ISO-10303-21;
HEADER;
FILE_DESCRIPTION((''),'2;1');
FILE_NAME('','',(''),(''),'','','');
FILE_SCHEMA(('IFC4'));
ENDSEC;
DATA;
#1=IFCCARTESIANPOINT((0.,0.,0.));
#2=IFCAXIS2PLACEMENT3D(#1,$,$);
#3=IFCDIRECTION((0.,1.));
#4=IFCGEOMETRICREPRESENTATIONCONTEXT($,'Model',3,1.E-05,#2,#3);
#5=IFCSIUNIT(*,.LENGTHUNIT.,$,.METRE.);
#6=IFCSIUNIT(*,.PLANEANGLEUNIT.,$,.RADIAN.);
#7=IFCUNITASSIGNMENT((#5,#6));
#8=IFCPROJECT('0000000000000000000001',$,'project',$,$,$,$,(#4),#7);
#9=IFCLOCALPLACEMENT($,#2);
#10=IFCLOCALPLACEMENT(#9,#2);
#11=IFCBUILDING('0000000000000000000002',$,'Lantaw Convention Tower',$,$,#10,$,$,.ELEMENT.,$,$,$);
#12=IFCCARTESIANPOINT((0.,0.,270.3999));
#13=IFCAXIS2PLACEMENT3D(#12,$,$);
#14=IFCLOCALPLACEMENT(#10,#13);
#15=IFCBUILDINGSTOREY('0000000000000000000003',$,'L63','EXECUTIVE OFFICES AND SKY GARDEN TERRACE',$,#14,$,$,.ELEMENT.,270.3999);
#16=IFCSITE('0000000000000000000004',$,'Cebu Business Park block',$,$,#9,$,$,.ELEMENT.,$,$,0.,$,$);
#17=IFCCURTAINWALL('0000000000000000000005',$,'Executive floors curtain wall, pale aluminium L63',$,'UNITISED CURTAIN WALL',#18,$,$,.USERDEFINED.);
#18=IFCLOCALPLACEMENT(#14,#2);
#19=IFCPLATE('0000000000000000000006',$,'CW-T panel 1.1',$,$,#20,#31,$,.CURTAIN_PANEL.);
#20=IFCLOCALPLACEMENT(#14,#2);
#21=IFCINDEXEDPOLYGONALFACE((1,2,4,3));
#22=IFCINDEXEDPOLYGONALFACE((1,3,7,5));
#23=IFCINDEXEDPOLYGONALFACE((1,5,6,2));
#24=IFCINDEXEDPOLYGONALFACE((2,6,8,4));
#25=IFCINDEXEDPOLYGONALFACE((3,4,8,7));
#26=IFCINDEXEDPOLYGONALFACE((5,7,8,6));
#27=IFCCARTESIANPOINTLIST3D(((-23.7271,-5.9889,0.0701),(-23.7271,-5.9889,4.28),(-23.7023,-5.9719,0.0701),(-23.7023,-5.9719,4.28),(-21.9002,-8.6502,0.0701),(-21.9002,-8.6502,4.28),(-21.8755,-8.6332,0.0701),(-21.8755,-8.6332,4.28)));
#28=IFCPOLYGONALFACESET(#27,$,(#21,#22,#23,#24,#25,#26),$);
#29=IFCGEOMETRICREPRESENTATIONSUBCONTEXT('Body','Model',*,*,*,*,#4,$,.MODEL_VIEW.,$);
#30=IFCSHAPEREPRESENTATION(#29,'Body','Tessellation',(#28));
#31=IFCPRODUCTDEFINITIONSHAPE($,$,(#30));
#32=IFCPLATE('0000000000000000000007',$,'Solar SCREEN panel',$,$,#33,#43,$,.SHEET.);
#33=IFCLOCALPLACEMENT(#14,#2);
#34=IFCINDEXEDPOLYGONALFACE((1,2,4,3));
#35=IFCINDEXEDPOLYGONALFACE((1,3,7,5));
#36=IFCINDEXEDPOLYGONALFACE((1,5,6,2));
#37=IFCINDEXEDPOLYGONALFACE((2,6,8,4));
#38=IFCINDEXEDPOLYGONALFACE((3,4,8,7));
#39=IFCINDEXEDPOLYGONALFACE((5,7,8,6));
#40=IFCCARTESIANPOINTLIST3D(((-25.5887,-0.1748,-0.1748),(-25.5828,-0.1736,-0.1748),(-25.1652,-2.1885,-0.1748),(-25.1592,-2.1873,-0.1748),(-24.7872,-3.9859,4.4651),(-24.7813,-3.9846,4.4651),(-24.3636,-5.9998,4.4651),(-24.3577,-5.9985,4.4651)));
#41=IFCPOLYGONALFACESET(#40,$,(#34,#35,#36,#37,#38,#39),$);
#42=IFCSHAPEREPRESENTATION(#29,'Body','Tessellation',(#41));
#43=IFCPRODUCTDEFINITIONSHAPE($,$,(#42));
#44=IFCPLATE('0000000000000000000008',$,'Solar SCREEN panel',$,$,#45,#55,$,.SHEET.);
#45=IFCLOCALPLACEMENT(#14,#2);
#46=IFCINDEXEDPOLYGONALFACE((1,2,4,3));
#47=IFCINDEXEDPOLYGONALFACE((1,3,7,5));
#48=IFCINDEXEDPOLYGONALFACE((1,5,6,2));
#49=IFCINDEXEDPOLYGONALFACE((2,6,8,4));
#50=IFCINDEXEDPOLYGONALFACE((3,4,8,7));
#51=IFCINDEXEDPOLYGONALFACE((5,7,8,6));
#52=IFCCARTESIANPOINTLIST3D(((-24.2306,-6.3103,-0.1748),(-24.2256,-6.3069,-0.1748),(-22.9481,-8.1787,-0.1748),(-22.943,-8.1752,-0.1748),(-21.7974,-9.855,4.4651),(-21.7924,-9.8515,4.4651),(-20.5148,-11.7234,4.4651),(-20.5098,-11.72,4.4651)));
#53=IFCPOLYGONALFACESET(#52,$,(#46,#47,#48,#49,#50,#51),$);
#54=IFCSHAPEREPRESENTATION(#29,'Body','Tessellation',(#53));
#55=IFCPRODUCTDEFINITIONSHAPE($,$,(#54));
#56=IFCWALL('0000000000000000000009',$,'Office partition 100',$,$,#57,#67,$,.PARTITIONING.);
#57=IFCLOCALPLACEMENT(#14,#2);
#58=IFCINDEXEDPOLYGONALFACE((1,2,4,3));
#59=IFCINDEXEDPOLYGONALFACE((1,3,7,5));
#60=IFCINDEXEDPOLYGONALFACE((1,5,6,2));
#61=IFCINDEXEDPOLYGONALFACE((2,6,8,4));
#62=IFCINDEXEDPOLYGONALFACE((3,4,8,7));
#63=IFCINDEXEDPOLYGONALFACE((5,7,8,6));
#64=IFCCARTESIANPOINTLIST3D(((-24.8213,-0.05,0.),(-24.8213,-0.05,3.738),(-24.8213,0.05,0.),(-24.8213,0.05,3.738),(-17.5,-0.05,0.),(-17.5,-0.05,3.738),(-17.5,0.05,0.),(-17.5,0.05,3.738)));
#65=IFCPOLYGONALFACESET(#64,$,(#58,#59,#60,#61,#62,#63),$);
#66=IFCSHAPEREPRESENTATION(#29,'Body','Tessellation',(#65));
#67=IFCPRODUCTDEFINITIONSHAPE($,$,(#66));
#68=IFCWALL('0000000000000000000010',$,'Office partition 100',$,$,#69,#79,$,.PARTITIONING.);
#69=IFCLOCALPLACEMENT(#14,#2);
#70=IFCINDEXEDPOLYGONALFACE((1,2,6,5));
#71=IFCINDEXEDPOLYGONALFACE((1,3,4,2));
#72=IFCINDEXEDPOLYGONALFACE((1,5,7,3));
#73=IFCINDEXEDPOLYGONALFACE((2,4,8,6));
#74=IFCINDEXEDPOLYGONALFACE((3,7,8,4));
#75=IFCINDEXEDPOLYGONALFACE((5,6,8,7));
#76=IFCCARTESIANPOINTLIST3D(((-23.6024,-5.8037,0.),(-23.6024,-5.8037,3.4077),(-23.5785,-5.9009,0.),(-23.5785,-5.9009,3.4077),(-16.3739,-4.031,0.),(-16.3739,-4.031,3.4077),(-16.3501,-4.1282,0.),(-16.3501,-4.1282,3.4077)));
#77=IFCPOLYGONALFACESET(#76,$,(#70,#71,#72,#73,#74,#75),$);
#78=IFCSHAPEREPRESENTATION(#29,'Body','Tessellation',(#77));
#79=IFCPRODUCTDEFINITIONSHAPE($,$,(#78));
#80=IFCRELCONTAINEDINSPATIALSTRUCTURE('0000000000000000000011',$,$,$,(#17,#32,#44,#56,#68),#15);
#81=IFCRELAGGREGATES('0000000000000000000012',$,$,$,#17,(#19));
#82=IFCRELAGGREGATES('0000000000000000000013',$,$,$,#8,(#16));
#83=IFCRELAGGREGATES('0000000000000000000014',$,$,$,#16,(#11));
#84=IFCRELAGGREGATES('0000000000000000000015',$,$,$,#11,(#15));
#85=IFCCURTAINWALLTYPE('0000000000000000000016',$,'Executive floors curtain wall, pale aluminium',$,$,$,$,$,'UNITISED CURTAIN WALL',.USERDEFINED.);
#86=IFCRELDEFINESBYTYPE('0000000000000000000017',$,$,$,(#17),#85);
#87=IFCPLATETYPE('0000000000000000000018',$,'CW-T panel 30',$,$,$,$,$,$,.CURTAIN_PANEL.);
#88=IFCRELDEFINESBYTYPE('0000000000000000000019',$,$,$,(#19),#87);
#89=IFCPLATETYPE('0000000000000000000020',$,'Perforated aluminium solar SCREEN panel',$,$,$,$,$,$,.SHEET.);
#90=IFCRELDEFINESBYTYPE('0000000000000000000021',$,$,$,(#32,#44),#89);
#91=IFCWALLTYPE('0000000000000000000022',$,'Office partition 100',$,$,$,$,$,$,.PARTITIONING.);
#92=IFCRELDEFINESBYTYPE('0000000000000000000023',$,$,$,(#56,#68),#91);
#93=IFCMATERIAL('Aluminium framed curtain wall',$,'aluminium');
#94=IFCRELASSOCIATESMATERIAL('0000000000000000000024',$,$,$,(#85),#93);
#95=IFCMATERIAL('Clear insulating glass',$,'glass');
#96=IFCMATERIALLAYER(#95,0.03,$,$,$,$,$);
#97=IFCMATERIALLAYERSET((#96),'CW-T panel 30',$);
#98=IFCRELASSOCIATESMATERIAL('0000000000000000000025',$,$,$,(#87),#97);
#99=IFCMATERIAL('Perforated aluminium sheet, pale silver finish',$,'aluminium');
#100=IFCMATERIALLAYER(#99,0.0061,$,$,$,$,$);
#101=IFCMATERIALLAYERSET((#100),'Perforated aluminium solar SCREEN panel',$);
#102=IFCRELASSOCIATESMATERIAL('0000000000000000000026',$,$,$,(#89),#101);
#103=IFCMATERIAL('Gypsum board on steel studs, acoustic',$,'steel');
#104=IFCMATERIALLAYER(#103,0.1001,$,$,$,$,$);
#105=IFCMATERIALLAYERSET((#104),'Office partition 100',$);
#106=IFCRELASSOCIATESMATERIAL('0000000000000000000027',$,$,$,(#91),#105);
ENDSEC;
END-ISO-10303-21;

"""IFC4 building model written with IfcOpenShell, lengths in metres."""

from ifc_helpers import new_model, si_unit, direction, frame, frame_2d, origin, origin_2d, place, context, subcontext, project, spatial, polyline, rectangle, outline, extrude, material, layer, layer_set, type_object, element, aggregate, save


model = new_model("IFC4")

# Units and contexts
model_context = context("Model", 3, precision=1e-05, world=origin(), true_north=direction((0.0, 1.0)))
body_context = subcontext(model_context, "Body", "Model", "MODEL_VIEW")
ifc_project = project(units=[si_unit("LENGTHUNIT", "METRE"), si_unit("PLANEANGLEUNIT", "RADIAN")], contexts=[model_context])

# Site, building, storey
site_placement = place(None, origin())
site = spatial("IfcSite", under=ifc_project, at=site_placement, Name="Cebu Business Park block", CompositionType="ELEMENT", RefElevation=0.0)
building_placement = place(site_placement, origin())
building = spatial("IfcBuilding", under=site, at=building_placement, Name="Lantaw Convention Tower", CompositionType="ELEMENT")
storey_placement = place(building_placement, frame((0.0, 0.0, 270.3999)))
storey = spatial("IfcBuildingStorey", under=building, at=storey_placement, Name="L63", Description="EXECUTIVE OFFICES AND SKY GARDEN TERRACE", CompositionType="ELEMENT", Elevation=270.3999)

# Curtain wall, plate
ifc_material_1 = material(Name="Aluminium framed curtain wall", Category="aluminium")
curtain_wall_type = type_object("IfcCurtainWallType", Name="Executive floors curtain wall, pale aluminium", ElementType="UNITISED CURTAIN WALL", PredefinedType="USERDEFINED", material=ifc_material_1)
curtain_wall_placement = place(storey_placement, origin())
curtain_wall = element("IfcCurtainWall", 1, at=curtain_wall_placement, inside=storey, type_object=curtain_wall_type, Name="Executive floors curtain wall, pale aluminium L63", ObjectType="UNITISED CURTAIN WALL", PredefinedType="USERDEFINED")
ifc_material_2 = material(Name="Clear insulating glass", Category="glass")
ifc_layer_1 = layer(ifc_material_2, 0.03)
ifc_layer_set_1 = layer_set([ifc_layer_1], Name="CW-T panel 30")
plate_type_1 = type_object("IfcPlateType", Name="CW-T panel 30", PredefinedType="CURTAIN_PANEL", material=ifc_layer_set_1)
plate_1_placement = place(storey_placement, frame((-22.8013, -7.311, 0.0701), z_axis=(0.0, 0.0, 1.0), x_axis=(0.565935, -0.82445, 0.0)))
plate_1 = element("IfcPlate", 2, at=plate_1_placement, type_object=plate_type_1, Name="CW-T panel 1.1", PredefinedType="CURTAIN_PANEL", context=body_context, shape_type="SweptSolid", body=[
    extrude(rectangle(XDim=3.228, YDim=0.03, at=origin_2d()), origin(), (0.0, 0.0, 1.0), 4.21),
])
aggregate(curtain_wall, [plate_1])

# Plates
ifc_material_3 = material(Name="Perforated aluminium sheet, pale silver finish", Category="aluminium")
ifc_layer_2 = layer(ifc_material_3, 0.0061)
ifc_layer_set_2 = layer_set([ifc_layer_2], Name="Perforated aluminium solar SCREEN panel")
plate_type_2 = type_object("IfcPlateType", Name="Perforated aluminium solar SCREEN panel", PredefinedType="SHEET", material=ifc_layer_set_2)
plate_2_placement = place(storey_placement, frame((-25.5828, -0.1736, -0.1748), z_axis=(0.978586, 0.205837, 0.000027), x_axis=(0.205837, -0.978586, 0.0)))
element("IfcPlate", 3, at=plate_2_placement, inside=storey, type_object=plate_type_2, Name="Solar SCREEN panel", PredefinedType="SHEET", context=body_context, shape_type="SweptSolid", body=[
    extrude(outline(polyline([(0.0, 0.0), (2.0577, 0.0), (5.9524, -4.6399), (3.8944, -4.6399), (0.0, 0.0)])), origin(), (0.0, 0.0, -1.0), 0.0061),
])
plate_3_placement = place(storey_placement, frame((-24.2256, -6.3069, -0.1748), z_axis=(0.824441, 0.565948, 0.000011), x_axis=(0.565948, -0.824441, 0.0)))
element("IfcPlate", 4, at=plate_3_placement, inside=storey, type_object=plate_type_2, Name="Solar SCREEN panel", PredefinedType="SHEET", context=body_context, shape_type="SweptSolid", body=[
    extrude(outline(polyline([(0.0, 0.0), (2.2662, 0.0), (6.5657, -4.6399), (4.2994, -4.6399), (0.0, 0.0)])), origin(), (0.0, 0.0, -1.0), 0.0061),
])

# Walls
ifc_material_4 = material(Name="Gypsum board on steel studs, acoustic", Category="steel")
ifc_layer_3 = layer(ifc_material_4, 0.1001)
ifc_layer_set_3 = layer_set([ifc_layer_3], Name="Office partition 100")
wall_type = type_object("IfcWallType", Name="Office partition 100", PredefinedType="PARTITIONING", material=ifc_layer_set_3)
wall_1_placement = place(storey_placement, frame((-24.8213, 0.0, 0.0), z_axis=(0.0, 0.0, 1.0), x_axis=(1.0, 0.0, 0.0)))
element("IfcWall", 5, at=wall_1_placement, inside=storey, type_object=wall_type, Name="Office partition 100", PredefinedType="PARTITIONING", context=body_context, shape_type="SweptSolid", body=[
    extrude(rectangle(XDim=7.3213, YDim=0.1001, at=frame_2d((3.6606, 0.0))), origin(), (0.0, 0.0, 1.0), 3.738),
])
wall_2_placement = place(storey_placement, frame((-23.5903, -5.8523, 0.0), z_axis=(0.0, 0.0, 1.0), x_axis=(0.971221, 0.23818, 0.0)))
element("IfcWall", 6, at=wall_2_placement, inside=storey, type_object=wall_type, Name="Office partition 100", PredefinedType="PARTITIONING", context=body_context, shape_type="SweptSolid", body=[
    extrude(rectangle(XDim=7.4426, YDim=0.1001, at=frame_2d((3.7212, 0.0))), origin(), (0.0, 0.0, 1.0), 3.4077),
])

save(model, "model.ifc")
